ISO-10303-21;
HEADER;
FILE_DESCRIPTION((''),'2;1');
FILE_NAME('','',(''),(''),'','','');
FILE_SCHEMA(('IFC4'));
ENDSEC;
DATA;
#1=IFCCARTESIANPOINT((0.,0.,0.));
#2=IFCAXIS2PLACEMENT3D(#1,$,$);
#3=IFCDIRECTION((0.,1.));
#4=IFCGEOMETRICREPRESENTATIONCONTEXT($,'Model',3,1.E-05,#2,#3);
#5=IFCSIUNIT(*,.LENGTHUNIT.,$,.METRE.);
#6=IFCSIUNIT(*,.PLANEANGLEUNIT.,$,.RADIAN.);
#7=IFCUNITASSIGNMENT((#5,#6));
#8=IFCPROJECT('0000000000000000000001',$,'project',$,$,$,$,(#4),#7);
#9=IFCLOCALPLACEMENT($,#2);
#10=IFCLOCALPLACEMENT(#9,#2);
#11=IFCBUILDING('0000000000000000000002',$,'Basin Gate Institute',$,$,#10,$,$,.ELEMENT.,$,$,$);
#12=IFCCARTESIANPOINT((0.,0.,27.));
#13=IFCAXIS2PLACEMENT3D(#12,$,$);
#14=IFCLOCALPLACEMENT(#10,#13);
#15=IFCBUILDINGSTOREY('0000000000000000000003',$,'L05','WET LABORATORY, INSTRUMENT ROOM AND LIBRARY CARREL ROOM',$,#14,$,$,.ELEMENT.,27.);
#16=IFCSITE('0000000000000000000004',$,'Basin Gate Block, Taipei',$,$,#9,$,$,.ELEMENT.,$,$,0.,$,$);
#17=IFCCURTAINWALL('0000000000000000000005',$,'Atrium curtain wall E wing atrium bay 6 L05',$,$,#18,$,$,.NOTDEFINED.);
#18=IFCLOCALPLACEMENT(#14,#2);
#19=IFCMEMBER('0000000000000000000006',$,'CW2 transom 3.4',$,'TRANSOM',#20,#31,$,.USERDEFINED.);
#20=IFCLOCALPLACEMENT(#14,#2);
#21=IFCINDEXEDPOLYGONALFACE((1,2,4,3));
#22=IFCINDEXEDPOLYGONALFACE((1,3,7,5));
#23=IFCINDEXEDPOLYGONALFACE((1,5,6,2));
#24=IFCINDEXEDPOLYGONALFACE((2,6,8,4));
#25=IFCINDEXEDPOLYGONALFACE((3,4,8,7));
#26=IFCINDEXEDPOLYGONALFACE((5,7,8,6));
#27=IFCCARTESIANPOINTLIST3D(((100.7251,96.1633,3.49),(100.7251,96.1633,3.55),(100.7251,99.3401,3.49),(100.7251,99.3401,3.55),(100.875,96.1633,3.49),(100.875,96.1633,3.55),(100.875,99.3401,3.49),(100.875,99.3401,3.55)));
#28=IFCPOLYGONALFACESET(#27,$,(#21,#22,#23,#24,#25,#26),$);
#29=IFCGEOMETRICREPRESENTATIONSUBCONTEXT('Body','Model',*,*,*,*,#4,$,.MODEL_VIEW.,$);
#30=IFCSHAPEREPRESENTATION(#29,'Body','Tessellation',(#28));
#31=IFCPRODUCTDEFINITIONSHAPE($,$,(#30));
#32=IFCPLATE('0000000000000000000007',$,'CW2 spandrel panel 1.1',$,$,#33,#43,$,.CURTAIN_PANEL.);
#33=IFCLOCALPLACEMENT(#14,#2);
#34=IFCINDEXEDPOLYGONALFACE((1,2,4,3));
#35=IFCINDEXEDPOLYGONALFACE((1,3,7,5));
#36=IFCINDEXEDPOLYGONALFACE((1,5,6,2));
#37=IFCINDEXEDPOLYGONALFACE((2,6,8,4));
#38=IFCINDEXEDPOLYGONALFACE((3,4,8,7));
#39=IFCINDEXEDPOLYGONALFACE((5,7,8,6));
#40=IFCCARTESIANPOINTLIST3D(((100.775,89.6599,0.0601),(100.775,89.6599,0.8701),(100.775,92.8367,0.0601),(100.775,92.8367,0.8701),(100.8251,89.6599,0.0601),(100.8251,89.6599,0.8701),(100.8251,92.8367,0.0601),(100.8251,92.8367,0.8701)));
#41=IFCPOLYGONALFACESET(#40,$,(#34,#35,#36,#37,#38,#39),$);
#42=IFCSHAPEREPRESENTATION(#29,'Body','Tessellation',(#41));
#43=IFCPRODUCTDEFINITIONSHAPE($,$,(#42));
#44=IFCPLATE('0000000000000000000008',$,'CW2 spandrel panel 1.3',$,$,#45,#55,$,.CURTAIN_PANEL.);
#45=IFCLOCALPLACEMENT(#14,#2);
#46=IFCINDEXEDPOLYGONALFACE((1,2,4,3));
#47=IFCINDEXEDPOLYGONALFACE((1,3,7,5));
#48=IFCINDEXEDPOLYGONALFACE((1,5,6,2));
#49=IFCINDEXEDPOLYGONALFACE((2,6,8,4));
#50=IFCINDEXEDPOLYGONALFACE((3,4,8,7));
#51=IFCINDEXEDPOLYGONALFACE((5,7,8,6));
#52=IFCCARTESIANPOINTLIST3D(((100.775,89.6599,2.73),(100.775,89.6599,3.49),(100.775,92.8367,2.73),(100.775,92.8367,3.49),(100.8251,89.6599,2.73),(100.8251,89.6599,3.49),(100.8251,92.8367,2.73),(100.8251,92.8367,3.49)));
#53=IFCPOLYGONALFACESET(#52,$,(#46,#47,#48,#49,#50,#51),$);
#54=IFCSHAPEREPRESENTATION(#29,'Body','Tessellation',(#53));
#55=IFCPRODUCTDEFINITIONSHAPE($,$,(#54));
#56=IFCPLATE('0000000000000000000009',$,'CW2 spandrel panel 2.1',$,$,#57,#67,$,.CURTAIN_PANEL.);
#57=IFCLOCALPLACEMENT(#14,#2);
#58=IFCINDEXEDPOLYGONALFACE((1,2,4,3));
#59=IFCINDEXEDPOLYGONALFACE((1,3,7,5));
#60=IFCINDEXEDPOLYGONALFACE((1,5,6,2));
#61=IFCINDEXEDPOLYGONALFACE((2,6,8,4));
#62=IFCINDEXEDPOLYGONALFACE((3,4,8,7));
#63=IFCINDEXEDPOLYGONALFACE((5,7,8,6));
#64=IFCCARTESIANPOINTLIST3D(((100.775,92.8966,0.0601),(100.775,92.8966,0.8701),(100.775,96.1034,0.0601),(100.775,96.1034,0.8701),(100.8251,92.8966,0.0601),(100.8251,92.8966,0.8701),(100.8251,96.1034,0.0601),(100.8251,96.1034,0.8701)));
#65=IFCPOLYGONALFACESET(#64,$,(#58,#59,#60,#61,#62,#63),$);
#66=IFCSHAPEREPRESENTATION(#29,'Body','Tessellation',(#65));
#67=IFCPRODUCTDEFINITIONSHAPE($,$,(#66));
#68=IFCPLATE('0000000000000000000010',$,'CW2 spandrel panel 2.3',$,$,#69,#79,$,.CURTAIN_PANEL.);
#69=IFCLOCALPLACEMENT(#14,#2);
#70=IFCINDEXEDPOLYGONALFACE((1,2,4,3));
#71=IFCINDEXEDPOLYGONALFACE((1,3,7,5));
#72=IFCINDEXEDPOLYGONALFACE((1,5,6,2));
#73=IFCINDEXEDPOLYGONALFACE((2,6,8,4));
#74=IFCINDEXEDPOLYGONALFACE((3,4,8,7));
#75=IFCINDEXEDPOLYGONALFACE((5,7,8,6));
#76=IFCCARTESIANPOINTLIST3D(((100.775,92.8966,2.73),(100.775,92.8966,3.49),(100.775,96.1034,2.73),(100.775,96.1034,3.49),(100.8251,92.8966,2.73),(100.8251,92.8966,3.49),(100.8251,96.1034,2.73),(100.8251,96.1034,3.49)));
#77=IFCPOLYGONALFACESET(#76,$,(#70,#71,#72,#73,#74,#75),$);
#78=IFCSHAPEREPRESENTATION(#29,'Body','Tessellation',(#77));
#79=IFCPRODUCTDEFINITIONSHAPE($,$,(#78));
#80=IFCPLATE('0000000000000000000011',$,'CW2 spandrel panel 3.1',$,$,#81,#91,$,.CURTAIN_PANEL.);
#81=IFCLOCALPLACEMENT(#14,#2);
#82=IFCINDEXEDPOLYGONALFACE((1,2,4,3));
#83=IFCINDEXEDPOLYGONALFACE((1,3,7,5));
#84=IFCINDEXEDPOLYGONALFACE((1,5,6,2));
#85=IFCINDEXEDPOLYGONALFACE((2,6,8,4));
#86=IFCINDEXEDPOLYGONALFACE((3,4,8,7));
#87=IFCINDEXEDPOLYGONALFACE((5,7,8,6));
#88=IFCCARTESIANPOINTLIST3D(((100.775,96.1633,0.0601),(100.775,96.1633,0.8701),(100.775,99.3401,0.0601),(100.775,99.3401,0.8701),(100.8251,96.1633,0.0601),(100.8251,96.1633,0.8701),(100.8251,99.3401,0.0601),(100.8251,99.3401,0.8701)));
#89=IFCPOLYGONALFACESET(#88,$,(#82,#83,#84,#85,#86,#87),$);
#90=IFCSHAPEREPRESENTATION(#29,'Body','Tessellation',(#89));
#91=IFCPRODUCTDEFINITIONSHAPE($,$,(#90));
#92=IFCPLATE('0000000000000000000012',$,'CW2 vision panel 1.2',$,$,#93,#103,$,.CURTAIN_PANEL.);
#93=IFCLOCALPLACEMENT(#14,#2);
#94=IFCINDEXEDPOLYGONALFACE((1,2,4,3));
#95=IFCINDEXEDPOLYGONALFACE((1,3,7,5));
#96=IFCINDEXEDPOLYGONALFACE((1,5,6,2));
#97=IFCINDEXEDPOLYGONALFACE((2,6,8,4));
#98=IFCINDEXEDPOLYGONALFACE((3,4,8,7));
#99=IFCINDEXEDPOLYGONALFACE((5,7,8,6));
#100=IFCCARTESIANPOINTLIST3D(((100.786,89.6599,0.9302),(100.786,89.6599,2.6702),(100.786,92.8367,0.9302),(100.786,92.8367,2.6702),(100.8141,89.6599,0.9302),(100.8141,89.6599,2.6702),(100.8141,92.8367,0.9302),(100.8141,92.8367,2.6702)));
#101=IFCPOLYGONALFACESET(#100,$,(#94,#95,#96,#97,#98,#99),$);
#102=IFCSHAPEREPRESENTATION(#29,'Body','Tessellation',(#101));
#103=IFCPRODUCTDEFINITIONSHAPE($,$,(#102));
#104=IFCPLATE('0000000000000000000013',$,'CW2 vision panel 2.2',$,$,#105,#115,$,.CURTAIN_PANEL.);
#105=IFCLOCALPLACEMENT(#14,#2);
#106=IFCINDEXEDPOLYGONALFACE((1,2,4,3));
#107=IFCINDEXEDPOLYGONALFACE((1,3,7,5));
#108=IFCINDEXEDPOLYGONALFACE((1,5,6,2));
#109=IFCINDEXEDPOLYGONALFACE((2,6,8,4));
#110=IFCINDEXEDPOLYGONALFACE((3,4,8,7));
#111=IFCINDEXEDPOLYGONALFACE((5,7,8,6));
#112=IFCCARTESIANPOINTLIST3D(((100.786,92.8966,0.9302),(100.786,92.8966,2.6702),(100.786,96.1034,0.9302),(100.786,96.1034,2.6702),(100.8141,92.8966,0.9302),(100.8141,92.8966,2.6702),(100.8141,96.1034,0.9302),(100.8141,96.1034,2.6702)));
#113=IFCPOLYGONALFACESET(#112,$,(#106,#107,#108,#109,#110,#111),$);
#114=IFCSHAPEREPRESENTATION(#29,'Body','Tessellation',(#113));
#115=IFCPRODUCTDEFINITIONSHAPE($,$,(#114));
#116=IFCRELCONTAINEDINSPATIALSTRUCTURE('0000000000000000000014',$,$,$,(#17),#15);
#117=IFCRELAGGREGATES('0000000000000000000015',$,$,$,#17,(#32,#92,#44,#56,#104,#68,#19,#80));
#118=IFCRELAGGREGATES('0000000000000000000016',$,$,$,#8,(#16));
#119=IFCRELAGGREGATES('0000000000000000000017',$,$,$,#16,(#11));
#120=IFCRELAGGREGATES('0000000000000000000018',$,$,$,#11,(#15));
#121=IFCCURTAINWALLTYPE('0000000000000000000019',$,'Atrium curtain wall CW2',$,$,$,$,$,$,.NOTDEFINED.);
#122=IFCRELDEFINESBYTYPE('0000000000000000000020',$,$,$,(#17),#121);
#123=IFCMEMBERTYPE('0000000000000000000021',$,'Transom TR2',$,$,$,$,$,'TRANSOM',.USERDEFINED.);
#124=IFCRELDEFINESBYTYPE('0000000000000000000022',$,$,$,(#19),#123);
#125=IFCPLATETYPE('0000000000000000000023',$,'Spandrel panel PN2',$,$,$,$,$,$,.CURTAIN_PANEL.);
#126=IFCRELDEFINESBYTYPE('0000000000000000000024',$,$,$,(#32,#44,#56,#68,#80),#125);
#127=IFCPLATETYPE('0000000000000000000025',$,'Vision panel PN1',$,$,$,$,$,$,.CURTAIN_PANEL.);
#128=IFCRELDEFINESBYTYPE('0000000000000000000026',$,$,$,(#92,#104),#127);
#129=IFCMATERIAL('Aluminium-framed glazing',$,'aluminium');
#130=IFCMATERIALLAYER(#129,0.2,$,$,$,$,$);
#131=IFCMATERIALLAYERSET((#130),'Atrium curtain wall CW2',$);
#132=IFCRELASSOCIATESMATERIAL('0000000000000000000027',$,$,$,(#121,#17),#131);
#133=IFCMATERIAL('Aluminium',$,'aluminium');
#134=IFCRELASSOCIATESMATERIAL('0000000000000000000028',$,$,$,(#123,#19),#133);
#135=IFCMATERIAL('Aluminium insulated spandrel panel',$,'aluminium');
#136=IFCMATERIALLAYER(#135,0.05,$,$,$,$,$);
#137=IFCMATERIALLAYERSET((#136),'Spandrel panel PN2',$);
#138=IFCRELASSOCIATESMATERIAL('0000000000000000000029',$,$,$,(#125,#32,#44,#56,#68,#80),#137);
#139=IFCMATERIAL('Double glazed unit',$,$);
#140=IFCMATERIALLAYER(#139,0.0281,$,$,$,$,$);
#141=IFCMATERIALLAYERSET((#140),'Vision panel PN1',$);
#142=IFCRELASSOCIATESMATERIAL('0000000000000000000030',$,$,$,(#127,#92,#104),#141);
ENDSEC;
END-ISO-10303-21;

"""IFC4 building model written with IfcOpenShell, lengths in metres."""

from ifc_helpers import new_model, si_unit, direction, frame, origin, origin_2d, place, context, subcontext, project, spatial, rectangle, extrude, material, layer, layer_set, material_profile, profile_set, type_object, element, aggregate, save


model = new_model("IFC4")

# Units and contexts
model_context = context("Model", 3, precision=1e-05, world=origin(), true_north=direction((0.0, 1.0)))
body_context = subcontext(model_context, "Body", "Model", "MODEL_VIEW")
ifc_project = project(units=[si_unit("LENGTHUNIT", "METRE"), si_unit("PLANEANGLEUNIT", "RADIAN")], contexts=[model_context])

# Site, building, storey
site_placement = place(None, origin())
site = spatial("IfcSite", under=ifc_project, at=site_placement, Name="Basin Gate Block, Taipei", CompositionType="ELEMENT", RefElevation=0.0)
building_placement = place(site_placement, origin())
building = spatial("IfcBuilding", under=site, at=building_placement, Name="Basin Gate Institute", CompositionType="ELEMENT")
storey_placement = place(building_placement, frame((0.0, 0.0, 27.0)))
storey = spatial("IfcBuildingStorey", under=building, at=storey_placement, Name="L05", Description="WET LABORATORY, INSTRUMENT ROOM AND LIBRARY CARREL ROOM", CompositionType="ELEMENT", Elevation=27.0)

# Curtain wall, member, plates
ifc_material_1 = material(Name="Aluminium-framed glazing", Category="aluminium")
ifc_layer_1 = layer(ifc_material_1, 0.2)
ifc_layer_set_1 = layer_set([ifc_layer_1], Name="Atrium curtain wall CW2")
curtain_wall_type = type_object("IfcCurtainWallType", Name="Atrium curtain wall CW2", PredefinedType="NOTDEFINED", material=ifc_layer_set_1)
curtain_wall_placement = place(storey_placement, origin())
curtain_wall = element("IfcCurtainWall", 1, at=curtain_wall_placement, inside=storey, type_object=curtain_wall_type, material=ifc_layer_set_1, Name="Atrium curtain wall E wing atrium bay 6 L05", PredefinedType="NOTDEFINED")
ifc_material_2 = material(Name="Aluminium", Category="aluminium")
ifc_material_profile_1 = material_profile(ifc_material_2, rectangle(XDim=0.1499, YDim=0.0601, at=origin_2d()), Name="Transom TR2 150 x 60")
ifc_profile_set_1 = profile_set([ifc_material_profile_1], Name="Aluminium")
member_type_1 = type_object("IfcMemberType", Name="Transom TR2", ElementType="TRANSOM", PredefinedType="USERDEFINED", material=ifc_profile_set_1)
member_1_placement = place(storey_placement, frame((100.8, 96.1633, 3.52), z_axis=(0.0, 1.0, 0.0), x_axis=(-1.0, 0.0, 0.0)))
member_1 = element("IfcMember", 2, at=member_1_placement, type_object=member_type_1, material=ifc_profile_set_1, Name="CW2 transom 3.4", ObjectType="TRANSOM", PredefinedType="USERDEFINED", context=body_context, shape_type="SweptSolid", body=[
    extrude(rectangle(XDim=0.1499, YDim=0.0601, at=origin_2d()), origin(), (0.0, 0.0, 1.0), 3.1768),
])
ifc_material_3 = material(Name="Aluminium insulated spandrel panel", Category="aluminium")
ifc_layer_2 = layer(ifc_material_3, 0.05)
ifc_layer_set_2 = layer_set([ifc_layer_2], Name="Spandrel panel PN2")
plate_type_1 = type_object("IfcPlateType", Name="Spandrel panel PN2", PredefinedType="CURTAIN_PANEL", material=ifc_layer_set_2)
plate_1_placement = place(storey_placement, frame((100.8, 91.2483, 0.0601), z_axis=(0.0, 0.0, 1.0), x_axis=(0.0, 1.0, 0.0)))
plate_1 = element("IfcPlate", 3, at=plate_1_placement, type_object=plate_type_1, material=ifc_layer_set_2, Name="CW2 spandrel panel 1.1", PredefinedType="CURTAIN_PANEL", context=body_context, shape_type="SweptSolid", body=[
    extrude(rectangle(XDim=3.1768, YDim=0.05, at=origin_2d()), origin(), (0.0, 0.0, 1.0), 0.8101),
])
plate_2_placement = place(storey_placement, frame((100.8, 91.2483, 2.73), z_axis=(0.0, 0.0, 1.0), x_axis=(0.0, 1.0, 0.0)))
plate_2 = element("IfcPlate", 4, at=plate_2_placement, type_object=plate_type_1, material=ifc_layer_set_2, Name="CW2 spandrel panel 1.3", PredefinedType="CURTAIN_PANEL", context=body_context, shape_type="SweptSolid", body=[
    extrude(rectangle(XDim=3.1768, YDim=0.05, at=origin_2d()), origin(), (0.0, 0.0, 1.0), 0.76),
])
plate_3_placement = place(storey_placement, frame((100.8, 94.5, 0.0601), z_axis=(0.0, 0.0, 1.0), x_axis=(0.0, 1.0, 0.0)))
plate_3 = element("IfcPlate", 5, at=plate_3_placement, type_object=plate_type_1, material=ifc_layer_set_2, Name="CW2 spandrel panel 2.1", PredefinedType="CURTAIN_PANEL", context=body_context, shape_type="SweptSolid", body=[
    extrude(rectangle(XDim=3.2068, YDim=0.05, at=origin_2d()), origin(), (0.0, 0.0, 1.0), 0.8101),
])
plate_4_placement = place(storey_placement, frame((100.8, 94.5, 2.73), z_axis=(0.0, 0.0, 1.0), x_axis=(0.0, 1.0, 0.0)))
plate_4 = element("IfcPlate", 6, at=plate_4_placement, type_object=plate_type_1, material=ifc_layer_set_2, Name="CW2 spandrel panel 2.3", PredefinedType="CURTAIN_PANEL", context=body_context, shape_type="SweptSolid", body=[
    extrude(rectangle(XDim=3.2068, YDim=0.05, at=origin_2d()), origin(), (0.0, 0.0, 1.0), 0.76),
])
plate_5_placement = place(storey_placement, frame((100.8, 97.7517, 0.0601), z_axis=(0.0, 0.0, 1.0), x_axis=(0.0, 1.0, 0.0)))
plate_5 = element("IfcPlate", 7, at=plate_5_placement, type_object=plate_type_1, material=ifc_layer_set_2, Name="CW2 spandrel panel 3.1", PredefinedType="CURTAIN_PANEL", context=body_context, shape_type="SweptSolid", body=[
    extrude(rectangle(XDim=3.1768, YDim=0.05, at=origin_2d()), origin(), (0.0, 0.0, 1.0), 0.8101),
])
ifc_material_4 = material(Name="Double glazed unit")
ifc_layer_3 = layer(ifc_material_4, 0.0281)
ifc_layer_set_3 = layer_set([ifc_layer_3], Name="Vision panel PN1")
plate_type_2 = type_object("IfcPlateType", Name="Vision panel PN1", PredefinedType="CURTAIN_PANEL", material=ifc_layer_set_3)
plate_6_placement = place(storey_placement, frame((100.8, 91.2483, 0.9302), z_axis=(0.0, 0.0, 1.0), x_axis=(0.0, 1.0, 0.0)))
plate_6 = element("IfcPlate", 8, at=plate_6_placement, type_object=plate_type_2, material=ifc_layer_set_3, Name="CW2 vision panel 1.2", PredefinedType="CURTAIN_PANEL", context=body_context, shape_type="SweptSolid", body=[
    extrude(rectangle(XDim=3.1768, YDim=0.0281, at=origin_2d()), origin(), (0.0, 0.0, 1.0), 1.74),
])
plate_7_placement = place(storey_placement, frame((100.8, 94.5, 0.9302), z_axis=(0.0, 0.0, 1.0), x_axis=(0.0, 1.0, 0.0)))
plate_7 = element("IfcPlate", 9, at=plate_7_placement, type_object=plate_type_2, material=ifc_layer_set_3, Name="CW2 vision panel 2.2", PredefinedType="CURTAIN_PANEL", context=body_context, shape_type="SweptSolid", body=[
    extrude(rectangle(XDim=3.2068, YDim=0.0281, at=origin_2d()), origin(), (0.0, 0.0, 1.0), 1.74),
])
aggregate(curtain_wall, [plate_1, plate_6, plate_2, plate_3, plate_7, plate_4, member_1, plate_5])

save(model, "model.ifc")
